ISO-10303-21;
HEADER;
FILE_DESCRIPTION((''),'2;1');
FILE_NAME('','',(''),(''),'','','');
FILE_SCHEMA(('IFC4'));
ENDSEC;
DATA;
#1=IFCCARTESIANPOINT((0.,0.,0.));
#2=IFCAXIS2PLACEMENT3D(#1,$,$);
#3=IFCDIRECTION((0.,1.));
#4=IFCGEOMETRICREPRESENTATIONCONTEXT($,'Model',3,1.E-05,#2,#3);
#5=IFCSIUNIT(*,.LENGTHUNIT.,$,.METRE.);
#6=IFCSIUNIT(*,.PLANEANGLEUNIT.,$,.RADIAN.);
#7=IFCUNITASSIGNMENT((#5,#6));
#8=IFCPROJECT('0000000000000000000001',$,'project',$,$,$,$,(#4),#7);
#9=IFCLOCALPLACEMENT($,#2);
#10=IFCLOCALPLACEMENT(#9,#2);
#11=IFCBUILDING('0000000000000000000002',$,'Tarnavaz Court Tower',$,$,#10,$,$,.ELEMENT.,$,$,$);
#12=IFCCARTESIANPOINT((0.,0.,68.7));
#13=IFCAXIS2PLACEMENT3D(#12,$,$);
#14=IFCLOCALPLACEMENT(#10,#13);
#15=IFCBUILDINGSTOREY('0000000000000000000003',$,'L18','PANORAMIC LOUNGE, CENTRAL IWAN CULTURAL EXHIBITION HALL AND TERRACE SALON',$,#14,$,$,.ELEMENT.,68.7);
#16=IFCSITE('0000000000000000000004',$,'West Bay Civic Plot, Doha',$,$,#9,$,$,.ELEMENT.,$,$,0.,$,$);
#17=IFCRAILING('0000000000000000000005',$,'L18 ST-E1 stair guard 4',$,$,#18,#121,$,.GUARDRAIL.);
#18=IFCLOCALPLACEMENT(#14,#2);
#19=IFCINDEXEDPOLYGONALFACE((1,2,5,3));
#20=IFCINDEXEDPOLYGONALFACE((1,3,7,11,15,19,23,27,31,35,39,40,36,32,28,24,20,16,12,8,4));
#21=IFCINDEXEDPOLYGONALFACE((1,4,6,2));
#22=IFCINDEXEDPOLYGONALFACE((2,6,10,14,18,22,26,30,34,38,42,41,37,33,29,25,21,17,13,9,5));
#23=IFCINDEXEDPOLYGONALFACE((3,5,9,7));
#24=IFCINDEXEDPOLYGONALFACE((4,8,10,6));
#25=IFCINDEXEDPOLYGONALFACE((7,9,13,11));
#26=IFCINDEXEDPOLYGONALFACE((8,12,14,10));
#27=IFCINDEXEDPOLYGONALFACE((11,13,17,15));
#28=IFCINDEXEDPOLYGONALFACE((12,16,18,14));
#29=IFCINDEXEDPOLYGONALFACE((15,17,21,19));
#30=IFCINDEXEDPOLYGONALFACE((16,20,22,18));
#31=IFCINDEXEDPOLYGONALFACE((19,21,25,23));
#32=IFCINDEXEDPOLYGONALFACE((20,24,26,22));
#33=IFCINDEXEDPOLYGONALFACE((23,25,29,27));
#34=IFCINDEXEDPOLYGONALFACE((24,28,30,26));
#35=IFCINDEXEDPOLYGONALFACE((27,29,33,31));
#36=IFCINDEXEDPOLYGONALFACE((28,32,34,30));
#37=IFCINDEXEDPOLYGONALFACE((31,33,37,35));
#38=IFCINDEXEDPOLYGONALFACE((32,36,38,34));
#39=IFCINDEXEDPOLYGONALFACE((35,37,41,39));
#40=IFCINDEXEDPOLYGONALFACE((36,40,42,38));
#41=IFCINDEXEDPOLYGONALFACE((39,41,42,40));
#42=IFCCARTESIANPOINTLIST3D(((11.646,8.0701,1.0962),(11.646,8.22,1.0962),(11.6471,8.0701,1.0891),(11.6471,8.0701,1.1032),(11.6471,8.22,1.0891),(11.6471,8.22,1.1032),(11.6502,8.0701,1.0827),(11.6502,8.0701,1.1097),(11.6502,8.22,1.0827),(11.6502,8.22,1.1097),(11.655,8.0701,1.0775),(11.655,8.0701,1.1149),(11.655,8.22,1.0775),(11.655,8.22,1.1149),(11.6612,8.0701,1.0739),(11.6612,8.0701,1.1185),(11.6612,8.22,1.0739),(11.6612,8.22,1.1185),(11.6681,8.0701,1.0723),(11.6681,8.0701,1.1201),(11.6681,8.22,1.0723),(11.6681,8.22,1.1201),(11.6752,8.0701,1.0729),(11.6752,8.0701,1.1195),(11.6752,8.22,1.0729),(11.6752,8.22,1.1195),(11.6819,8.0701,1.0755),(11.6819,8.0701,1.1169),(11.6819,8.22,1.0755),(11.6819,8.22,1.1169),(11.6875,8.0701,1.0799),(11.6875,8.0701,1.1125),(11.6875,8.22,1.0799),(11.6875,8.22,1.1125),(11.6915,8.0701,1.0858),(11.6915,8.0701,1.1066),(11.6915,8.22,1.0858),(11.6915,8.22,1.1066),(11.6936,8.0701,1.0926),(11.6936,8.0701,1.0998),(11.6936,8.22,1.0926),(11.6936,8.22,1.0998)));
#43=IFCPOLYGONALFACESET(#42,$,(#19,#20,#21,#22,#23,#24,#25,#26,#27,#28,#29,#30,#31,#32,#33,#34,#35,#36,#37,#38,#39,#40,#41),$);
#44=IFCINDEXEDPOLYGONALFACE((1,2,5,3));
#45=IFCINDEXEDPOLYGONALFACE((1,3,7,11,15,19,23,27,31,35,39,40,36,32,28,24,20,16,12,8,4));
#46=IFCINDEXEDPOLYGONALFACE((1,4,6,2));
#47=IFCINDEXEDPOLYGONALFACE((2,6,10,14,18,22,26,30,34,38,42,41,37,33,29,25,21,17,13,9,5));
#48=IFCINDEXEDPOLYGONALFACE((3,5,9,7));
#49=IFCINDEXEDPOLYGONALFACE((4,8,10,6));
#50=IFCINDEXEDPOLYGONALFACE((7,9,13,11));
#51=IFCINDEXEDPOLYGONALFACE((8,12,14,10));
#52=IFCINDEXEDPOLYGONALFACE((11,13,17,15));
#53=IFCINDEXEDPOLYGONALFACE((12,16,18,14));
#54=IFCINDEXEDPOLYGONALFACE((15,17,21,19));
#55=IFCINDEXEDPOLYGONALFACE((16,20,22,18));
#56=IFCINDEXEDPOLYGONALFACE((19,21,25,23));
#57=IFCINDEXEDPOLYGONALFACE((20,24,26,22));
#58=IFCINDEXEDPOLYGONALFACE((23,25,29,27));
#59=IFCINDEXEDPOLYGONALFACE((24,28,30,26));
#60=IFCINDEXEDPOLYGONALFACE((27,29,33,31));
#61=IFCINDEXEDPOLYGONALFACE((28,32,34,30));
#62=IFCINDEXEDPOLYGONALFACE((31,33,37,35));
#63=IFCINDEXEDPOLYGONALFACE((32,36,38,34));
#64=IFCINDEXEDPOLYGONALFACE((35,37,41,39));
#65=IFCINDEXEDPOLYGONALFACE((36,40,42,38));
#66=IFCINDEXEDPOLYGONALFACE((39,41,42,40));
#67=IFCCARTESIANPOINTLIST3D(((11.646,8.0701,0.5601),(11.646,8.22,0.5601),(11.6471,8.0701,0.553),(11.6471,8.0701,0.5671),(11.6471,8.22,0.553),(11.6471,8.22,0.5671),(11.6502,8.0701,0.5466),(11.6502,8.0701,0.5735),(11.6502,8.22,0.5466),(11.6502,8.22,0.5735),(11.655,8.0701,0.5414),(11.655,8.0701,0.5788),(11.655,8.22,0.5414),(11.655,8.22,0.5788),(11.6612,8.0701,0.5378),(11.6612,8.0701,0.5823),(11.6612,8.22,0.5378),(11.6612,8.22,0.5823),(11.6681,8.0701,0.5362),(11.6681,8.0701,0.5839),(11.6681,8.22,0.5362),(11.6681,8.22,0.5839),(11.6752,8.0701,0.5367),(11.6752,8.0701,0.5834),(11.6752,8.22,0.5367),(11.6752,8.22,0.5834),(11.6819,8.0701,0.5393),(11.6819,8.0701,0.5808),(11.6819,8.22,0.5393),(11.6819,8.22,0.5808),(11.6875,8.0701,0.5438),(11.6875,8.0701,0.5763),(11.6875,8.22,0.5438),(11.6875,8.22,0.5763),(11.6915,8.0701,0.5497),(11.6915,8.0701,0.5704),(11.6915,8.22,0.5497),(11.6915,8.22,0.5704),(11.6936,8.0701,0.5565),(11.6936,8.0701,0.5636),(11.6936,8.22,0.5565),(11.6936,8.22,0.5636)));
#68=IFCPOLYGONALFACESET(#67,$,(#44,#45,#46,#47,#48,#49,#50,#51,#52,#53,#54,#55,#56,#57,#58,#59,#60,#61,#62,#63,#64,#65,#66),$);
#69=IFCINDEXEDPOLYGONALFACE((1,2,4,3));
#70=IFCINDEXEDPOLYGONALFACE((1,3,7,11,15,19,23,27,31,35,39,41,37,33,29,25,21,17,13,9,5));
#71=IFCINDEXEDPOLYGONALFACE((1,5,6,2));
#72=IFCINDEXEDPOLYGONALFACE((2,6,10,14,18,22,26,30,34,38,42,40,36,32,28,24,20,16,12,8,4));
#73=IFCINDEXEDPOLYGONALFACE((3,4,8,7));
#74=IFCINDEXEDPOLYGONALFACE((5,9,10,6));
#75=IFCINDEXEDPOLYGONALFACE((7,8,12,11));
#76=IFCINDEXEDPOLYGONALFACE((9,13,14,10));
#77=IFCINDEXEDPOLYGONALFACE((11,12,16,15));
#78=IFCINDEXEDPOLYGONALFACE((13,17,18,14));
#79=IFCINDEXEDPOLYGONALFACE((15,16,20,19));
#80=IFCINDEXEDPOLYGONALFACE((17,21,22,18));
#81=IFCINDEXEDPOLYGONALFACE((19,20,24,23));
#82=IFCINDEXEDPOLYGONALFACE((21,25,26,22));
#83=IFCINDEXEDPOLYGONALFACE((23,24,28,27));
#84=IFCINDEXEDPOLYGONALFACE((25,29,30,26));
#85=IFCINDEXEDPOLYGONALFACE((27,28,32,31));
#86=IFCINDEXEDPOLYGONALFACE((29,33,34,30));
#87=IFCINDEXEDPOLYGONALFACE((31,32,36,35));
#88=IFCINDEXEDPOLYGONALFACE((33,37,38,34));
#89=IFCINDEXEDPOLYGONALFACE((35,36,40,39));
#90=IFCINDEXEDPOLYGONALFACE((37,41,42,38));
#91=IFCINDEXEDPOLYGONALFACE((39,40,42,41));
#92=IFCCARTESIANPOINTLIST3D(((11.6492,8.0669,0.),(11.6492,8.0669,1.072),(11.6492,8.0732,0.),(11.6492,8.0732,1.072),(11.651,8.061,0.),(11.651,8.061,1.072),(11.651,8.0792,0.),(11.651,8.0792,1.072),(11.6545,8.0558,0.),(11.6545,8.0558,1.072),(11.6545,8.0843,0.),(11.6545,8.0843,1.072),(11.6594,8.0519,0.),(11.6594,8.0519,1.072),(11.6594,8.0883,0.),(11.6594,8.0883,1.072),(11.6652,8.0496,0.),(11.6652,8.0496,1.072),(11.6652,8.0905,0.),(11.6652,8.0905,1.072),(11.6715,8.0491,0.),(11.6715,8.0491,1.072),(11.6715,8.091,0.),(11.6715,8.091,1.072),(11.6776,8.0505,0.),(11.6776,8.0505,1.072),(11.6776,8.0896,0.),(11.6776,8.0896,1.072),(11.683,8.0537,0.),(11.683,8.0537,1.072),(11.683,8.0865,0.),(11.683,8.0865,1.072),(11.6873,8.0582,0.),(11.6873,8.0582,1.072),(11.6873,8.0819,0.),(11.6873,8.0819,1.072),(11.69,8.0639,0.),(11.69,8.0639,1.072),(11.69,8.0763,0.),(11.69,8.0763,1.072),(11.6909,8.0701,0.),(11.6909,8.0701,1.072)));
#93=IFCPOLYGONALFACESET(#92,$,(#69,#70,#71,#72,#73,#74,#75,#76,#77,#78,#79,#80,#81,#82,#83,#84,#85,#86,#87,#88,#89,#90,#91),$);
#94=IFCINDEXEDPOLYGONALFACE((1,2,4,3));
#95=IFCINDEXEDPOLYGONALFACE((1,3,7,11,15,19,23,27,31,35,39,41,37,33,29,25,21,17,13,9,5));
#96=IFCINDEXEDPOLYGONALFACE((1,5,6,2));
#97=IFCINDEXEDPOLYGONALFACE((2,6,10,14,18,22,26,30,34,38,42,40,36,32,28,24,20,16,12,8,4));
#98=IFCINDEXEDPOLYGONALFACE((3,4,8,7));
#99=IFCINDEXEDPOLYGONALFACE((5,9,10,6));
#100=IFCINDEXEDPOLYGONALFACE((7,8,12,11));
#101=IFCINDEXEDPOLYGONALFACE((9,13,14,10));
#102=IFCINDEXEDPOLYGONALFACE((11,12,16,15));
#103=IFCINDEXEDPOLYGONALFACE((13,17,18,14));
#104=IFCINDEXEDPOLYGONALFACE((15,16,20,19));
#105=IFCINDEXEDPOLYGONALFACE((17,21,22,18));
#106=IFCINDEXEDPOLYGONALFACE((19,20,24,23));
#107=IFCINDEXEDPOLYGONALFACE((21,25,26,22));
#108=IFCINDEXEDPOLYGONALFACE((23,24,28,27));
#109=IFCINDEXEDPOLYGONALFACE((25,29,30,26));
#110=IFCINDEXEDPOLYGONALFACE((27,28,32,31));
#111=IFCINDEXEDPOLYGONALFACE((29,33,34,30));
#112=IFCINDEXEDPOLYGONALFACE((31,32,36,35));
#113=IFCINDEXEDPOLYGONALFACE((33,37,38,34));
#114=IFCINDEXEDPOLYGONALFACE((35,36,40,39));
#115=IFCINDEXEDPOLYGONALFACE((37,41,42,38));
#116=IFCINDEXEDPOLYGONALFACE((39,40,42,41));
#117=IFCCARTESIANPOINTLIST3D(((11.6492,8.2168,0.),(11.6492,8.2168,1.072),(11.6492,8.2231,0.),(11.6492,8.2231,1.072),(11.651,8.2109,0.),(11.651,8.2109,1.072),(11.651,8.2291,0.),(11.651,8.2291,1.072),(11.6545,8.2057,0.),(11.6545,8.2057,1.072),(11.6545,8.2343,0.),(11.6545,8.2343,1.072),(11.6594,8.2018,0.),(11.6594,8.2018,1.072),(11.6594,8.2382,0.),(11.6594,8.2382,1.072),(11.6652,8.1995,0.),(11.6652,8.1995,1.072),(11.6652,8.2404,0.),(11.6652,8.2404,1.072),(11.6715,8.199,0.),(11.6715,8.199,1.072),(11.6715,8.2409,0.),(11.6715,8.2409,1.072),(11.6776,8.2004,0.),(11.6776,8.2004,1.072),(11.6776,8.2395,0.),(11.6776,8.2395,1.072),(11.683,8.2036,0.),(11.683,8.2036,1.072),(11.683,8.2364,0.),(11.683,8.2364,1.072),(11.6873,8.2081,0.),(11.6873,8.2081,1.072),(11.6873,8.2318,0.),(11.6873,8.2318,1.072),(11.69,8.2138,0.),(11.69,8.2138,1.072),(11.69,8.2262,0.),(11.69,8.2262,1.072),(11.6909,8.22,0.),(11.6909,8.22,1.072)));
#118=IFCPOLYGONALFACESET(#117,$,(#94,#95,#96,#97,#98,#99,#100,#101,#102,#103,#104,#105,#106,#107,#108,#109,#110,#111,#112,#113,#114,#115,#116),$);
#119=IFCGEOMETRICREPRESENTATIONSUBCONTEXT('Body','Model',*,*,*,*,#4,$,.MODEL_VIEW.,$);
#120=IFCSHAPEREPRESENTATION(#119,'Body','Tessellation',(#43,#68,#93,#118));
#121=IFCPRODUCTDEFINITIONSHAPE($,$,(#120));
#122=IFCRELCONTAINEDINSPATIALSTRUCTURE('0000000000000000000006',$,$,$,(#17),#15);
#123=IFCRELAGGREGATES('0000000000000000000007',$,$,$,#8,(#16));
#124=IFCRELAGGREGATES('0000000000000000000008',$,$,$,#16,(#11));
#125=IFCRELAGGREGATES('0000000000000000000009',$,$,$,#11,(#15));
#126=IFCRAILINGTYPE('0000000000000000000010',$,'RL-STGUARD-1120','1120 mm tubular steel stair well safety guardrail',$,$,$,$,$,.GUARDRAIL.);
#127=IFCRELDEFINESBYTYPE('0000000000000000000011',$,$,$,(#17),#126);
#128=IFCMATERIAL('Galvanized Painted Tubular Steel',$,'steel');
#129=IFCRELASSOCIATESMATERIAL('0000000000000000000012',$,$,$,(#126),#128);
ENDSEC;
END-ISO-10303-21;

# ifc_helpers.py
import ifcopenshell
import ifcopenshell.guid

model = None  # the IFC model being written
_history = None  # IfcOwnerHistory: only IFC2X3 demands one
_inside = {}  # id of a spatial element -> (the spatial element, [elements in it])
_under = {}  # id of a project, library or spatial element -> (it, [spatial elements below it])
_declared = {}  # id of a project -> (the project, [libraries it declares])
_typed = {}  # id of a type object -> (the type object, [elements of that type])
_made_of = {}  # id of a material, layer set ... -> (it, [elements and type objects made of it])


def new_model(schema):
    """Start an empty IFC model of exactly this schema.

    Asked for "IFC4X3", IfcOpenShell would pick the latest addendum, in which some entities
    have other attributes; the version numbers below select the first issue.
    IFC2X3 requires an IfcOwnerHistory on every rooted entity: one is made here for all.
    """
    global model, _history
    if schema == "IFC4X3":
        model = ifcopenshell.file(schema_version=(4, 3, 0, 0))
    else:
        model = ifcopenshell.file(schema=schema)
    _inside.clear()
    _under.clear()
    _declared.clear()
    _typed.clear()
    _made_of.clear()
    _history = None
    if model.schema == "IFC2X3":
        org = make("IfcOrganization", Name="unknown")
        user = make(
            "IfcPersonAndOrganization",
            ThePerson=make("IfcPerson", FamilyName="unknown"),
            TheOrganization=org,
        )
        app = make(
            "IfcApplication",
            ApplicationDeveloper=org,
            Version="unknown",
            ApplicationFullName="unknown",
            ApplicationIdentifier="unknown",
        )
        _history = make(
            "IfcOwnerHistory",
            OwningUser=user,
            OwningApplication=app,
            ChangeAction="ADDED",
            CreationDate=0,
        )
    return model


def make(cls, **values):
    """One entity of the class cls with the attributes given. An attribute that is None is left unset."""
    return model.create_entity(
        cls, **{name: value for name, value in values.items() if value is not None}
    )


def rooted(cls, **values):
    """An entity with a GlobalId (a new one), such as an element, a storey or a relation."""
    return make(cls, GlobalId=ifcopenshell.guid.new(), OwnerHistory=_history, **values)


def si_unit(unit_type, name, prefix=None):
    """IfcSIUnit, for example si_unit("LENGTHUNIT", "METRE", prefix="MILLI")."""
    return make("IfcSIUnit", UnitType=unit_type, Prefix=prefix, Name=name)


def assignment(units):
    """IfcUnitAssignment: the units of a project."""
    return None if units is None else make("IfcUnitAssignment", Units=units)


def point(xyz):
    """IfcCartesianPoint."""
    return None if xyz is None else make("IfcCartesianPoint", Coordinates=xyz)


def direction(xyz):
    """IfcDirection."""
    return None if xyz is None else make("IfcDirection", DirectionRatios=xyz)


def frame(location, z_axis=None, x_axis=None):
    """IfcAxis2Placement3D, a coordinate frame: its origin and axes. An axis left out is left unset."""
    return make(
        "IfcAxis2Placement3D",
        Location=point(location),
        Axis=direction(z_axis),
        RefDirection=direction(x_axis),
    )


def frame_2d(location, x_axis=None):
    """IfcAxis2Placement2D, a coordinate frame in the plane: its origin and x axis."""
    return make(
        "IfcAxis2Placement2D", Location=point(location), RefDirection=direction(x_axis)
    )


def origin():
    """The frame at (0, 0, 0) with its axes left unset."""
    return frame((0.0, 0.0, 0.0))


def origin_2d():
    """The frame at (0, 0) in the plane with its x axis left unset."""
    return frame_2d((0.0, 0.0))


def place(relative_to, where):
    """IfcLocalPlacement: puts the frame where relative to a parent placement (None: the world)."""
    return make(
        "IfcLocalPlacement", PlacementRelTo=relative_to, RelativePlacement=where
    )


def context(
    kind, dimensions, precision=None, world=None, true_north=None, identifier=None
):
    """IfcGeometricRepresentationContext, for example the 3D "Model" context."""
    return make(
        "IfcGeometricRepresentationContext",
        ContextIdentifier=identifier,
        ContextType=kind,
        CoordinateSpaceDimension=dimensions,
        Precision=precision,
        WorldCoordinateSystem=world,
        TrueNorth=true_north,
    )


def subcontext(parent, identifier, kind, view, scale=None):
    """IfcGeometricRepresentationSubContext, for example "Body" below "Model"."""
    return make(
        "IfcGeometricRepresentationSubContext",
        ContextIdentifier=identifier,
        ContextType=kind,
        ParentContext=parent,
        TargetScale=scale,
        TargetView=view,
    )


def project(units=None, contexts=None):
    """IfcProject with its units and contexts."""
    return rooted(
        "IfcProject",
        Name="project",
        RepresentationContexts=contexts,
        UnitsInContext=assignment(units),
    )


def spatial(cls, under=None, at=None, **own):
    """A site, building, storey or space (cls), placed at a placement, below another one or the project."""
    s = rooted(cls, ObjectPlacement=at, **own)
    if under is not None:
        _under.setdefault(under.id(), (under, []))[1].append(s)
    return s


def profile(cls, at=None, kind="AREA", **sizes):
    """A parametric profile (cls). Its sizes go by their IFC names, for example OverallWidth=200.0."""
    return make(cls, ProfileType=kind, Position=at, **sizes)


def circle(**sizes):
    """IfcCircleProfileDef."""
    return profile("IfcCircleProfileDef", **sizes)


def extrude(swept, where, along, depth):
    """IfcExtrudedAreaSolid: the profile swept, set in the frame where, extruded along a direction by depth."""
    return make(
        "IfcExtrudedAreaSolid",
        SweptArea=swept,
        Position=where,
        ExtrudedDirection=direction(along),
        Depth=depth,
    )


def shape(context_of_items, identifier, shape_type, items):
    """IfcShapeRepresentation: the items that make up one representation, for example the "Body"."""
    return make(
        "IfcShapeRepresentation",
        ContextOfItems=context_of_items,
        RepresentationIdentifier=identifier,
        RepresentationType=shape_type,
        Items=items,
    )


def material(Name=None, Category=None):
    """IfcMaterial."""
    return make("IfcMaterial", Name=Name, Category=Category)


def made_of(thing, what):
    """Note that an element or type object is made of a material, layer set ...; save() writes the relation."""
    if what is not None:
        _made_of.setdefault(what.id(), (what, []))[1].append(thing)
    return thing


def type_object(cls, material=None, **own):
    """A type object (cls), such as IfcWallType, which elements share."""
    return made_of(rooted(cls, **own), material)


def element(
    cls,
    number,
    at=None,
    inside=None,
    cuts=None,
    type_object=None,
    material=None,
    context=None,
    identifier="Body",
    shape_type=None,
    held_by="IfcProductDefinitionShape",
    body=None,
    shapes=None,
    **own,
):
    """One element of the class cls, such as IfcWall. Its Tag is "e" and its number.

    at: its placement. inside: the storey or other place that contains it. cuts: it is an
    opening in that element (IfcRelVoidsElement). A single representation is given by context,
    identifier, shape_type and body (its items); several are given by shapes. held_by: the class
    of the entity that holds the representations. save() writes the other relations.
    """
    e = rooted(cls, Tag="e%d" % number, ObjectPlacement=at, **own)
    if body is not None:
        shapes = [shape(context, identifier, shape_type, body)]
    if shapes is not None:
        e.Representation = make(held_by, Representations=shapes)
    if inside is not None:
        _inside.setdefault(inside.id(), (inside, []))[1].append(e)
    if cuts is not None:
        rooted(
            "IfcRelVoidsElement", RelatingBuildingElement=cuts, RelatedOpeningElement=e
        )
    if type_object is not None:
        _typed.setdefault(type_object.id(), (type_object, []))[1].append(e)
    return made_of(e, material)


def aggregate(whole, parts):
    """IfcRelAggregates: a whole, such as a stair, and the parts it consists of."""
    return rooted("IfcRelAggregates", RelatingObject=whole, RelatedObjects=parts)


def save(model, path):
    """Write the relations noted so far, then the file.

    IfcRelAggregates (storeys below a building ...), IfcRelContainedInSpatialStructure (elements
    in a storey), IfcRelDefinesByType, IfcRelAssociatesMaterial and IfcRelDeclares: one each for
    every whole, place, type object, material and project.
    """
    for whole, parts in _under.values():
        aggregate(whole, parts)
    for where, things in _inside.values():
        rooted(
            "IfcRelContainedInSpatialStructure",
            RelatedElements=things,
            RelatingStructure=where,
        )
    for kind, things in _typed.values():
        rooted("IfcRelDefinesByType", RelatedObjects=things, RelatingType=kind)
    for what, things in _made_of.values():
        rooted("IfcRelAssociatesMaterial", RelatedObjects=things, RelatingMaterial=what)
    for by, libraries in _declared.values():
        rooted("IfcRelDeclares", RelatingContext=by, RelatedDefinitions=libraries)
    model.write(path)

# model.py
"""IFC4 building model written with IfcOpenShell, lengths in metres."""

from ifc_helpers import new_model, si_unit, direction, frame, origin, origin_2d, place, context, subcontext, project, spatial, circle, extrude, material, type_object, element, save


model = new_model("IFC4")

# Units and contexts
model_context = context("Model", 3, precision=1e-05, world=origin(), true_north=direction((0.0, 1.0)))
body_context = subcontext(model_context, "Body", "Model", "MODEL_VIEW")
ifc_project = project(units=[si_unit("LENGTHUNIT", "METRE"), si_unit("PLANEANGLEUNIT", "RADIAN")], contexts=[model_context])

# Site, building, storey
site_placement = place(None, origin())
site = spatial("IfcSite", under=ifc_project, at=site_placement, Name="West Bay Civic Plot, Doha", CompositionType="ELEMENT", RefElevation=0.0)
building_placement = place(site_placement, origin())
building = spatial("IfcBuilding", under=site, at=building_placement, Name="Tarnavaz Court Tower", CompositionType="ELEMENT")
storey_placement = place(building_placement, frame((0.0, 0.0, 68.7)))
storey = spatial("IfcBuildingStorey", under=building, at=storey_placement, Name="L18", Description="PANORAMIC LOUNGE, CENTRAL IWAN CULTURAL EXHIBITION HALL AND TERRACE SALON", CompositionType="ELEMENT", Elevation=68.7)

# Railing
ifc_material_1 = material(Name="Galvanized Painted Tubular Steel", Category="steel")
railing_type_1 = type_object("IfcRailingType", Name="RL-STGUARD-1120", Description="1120 mm tubular steel stair well safety guardrail", PredefinedType="GUARDRAIL", material=ifc_material_1)
railing_1_placement = place(storey_placement, frame((11.6699, 8.0701, 0.0)))
element("IfcRailing", 1, at=railing_1_placement, inside=storey, type_object=railing_type_1, Name="L18 ST-E1 stair guard 4", PredefinedType="GUARDRAIL", context=body_context, shape_type="SweptSolid", body=[
    extrude(circle(Radius=0.0239, at=origin_2d()), frame((0.0, 0.0, 1.0962), z_axis=(0.0, 1.0, 0.0), x_axis=(-1.0, 0.0, 0.0)), (0.0, 0.0, 1.0), 0.1499),
    extrude(circle(Radius=0.0239, at=origin_2d()), frame((0.0, 0.0, 0.5601), z_axis=(0.0, 1.0, 0.0), x_axis=(-1.0, 0.0, 0.0)), (0.0, 0.0, 1.0), 0.1499),
    extrude(circle(Radius=0.021, at=origin_2d()), origin(), (0.0, 0.0, 1.0), 1.072),
    extrude(circle(Radius=0.021, at=origin_2d()), frame((0.0, 0.1499, 0.0)), (0.0, 0.0, 1.0), 1.072),
])

save(model, "model.ifc")
